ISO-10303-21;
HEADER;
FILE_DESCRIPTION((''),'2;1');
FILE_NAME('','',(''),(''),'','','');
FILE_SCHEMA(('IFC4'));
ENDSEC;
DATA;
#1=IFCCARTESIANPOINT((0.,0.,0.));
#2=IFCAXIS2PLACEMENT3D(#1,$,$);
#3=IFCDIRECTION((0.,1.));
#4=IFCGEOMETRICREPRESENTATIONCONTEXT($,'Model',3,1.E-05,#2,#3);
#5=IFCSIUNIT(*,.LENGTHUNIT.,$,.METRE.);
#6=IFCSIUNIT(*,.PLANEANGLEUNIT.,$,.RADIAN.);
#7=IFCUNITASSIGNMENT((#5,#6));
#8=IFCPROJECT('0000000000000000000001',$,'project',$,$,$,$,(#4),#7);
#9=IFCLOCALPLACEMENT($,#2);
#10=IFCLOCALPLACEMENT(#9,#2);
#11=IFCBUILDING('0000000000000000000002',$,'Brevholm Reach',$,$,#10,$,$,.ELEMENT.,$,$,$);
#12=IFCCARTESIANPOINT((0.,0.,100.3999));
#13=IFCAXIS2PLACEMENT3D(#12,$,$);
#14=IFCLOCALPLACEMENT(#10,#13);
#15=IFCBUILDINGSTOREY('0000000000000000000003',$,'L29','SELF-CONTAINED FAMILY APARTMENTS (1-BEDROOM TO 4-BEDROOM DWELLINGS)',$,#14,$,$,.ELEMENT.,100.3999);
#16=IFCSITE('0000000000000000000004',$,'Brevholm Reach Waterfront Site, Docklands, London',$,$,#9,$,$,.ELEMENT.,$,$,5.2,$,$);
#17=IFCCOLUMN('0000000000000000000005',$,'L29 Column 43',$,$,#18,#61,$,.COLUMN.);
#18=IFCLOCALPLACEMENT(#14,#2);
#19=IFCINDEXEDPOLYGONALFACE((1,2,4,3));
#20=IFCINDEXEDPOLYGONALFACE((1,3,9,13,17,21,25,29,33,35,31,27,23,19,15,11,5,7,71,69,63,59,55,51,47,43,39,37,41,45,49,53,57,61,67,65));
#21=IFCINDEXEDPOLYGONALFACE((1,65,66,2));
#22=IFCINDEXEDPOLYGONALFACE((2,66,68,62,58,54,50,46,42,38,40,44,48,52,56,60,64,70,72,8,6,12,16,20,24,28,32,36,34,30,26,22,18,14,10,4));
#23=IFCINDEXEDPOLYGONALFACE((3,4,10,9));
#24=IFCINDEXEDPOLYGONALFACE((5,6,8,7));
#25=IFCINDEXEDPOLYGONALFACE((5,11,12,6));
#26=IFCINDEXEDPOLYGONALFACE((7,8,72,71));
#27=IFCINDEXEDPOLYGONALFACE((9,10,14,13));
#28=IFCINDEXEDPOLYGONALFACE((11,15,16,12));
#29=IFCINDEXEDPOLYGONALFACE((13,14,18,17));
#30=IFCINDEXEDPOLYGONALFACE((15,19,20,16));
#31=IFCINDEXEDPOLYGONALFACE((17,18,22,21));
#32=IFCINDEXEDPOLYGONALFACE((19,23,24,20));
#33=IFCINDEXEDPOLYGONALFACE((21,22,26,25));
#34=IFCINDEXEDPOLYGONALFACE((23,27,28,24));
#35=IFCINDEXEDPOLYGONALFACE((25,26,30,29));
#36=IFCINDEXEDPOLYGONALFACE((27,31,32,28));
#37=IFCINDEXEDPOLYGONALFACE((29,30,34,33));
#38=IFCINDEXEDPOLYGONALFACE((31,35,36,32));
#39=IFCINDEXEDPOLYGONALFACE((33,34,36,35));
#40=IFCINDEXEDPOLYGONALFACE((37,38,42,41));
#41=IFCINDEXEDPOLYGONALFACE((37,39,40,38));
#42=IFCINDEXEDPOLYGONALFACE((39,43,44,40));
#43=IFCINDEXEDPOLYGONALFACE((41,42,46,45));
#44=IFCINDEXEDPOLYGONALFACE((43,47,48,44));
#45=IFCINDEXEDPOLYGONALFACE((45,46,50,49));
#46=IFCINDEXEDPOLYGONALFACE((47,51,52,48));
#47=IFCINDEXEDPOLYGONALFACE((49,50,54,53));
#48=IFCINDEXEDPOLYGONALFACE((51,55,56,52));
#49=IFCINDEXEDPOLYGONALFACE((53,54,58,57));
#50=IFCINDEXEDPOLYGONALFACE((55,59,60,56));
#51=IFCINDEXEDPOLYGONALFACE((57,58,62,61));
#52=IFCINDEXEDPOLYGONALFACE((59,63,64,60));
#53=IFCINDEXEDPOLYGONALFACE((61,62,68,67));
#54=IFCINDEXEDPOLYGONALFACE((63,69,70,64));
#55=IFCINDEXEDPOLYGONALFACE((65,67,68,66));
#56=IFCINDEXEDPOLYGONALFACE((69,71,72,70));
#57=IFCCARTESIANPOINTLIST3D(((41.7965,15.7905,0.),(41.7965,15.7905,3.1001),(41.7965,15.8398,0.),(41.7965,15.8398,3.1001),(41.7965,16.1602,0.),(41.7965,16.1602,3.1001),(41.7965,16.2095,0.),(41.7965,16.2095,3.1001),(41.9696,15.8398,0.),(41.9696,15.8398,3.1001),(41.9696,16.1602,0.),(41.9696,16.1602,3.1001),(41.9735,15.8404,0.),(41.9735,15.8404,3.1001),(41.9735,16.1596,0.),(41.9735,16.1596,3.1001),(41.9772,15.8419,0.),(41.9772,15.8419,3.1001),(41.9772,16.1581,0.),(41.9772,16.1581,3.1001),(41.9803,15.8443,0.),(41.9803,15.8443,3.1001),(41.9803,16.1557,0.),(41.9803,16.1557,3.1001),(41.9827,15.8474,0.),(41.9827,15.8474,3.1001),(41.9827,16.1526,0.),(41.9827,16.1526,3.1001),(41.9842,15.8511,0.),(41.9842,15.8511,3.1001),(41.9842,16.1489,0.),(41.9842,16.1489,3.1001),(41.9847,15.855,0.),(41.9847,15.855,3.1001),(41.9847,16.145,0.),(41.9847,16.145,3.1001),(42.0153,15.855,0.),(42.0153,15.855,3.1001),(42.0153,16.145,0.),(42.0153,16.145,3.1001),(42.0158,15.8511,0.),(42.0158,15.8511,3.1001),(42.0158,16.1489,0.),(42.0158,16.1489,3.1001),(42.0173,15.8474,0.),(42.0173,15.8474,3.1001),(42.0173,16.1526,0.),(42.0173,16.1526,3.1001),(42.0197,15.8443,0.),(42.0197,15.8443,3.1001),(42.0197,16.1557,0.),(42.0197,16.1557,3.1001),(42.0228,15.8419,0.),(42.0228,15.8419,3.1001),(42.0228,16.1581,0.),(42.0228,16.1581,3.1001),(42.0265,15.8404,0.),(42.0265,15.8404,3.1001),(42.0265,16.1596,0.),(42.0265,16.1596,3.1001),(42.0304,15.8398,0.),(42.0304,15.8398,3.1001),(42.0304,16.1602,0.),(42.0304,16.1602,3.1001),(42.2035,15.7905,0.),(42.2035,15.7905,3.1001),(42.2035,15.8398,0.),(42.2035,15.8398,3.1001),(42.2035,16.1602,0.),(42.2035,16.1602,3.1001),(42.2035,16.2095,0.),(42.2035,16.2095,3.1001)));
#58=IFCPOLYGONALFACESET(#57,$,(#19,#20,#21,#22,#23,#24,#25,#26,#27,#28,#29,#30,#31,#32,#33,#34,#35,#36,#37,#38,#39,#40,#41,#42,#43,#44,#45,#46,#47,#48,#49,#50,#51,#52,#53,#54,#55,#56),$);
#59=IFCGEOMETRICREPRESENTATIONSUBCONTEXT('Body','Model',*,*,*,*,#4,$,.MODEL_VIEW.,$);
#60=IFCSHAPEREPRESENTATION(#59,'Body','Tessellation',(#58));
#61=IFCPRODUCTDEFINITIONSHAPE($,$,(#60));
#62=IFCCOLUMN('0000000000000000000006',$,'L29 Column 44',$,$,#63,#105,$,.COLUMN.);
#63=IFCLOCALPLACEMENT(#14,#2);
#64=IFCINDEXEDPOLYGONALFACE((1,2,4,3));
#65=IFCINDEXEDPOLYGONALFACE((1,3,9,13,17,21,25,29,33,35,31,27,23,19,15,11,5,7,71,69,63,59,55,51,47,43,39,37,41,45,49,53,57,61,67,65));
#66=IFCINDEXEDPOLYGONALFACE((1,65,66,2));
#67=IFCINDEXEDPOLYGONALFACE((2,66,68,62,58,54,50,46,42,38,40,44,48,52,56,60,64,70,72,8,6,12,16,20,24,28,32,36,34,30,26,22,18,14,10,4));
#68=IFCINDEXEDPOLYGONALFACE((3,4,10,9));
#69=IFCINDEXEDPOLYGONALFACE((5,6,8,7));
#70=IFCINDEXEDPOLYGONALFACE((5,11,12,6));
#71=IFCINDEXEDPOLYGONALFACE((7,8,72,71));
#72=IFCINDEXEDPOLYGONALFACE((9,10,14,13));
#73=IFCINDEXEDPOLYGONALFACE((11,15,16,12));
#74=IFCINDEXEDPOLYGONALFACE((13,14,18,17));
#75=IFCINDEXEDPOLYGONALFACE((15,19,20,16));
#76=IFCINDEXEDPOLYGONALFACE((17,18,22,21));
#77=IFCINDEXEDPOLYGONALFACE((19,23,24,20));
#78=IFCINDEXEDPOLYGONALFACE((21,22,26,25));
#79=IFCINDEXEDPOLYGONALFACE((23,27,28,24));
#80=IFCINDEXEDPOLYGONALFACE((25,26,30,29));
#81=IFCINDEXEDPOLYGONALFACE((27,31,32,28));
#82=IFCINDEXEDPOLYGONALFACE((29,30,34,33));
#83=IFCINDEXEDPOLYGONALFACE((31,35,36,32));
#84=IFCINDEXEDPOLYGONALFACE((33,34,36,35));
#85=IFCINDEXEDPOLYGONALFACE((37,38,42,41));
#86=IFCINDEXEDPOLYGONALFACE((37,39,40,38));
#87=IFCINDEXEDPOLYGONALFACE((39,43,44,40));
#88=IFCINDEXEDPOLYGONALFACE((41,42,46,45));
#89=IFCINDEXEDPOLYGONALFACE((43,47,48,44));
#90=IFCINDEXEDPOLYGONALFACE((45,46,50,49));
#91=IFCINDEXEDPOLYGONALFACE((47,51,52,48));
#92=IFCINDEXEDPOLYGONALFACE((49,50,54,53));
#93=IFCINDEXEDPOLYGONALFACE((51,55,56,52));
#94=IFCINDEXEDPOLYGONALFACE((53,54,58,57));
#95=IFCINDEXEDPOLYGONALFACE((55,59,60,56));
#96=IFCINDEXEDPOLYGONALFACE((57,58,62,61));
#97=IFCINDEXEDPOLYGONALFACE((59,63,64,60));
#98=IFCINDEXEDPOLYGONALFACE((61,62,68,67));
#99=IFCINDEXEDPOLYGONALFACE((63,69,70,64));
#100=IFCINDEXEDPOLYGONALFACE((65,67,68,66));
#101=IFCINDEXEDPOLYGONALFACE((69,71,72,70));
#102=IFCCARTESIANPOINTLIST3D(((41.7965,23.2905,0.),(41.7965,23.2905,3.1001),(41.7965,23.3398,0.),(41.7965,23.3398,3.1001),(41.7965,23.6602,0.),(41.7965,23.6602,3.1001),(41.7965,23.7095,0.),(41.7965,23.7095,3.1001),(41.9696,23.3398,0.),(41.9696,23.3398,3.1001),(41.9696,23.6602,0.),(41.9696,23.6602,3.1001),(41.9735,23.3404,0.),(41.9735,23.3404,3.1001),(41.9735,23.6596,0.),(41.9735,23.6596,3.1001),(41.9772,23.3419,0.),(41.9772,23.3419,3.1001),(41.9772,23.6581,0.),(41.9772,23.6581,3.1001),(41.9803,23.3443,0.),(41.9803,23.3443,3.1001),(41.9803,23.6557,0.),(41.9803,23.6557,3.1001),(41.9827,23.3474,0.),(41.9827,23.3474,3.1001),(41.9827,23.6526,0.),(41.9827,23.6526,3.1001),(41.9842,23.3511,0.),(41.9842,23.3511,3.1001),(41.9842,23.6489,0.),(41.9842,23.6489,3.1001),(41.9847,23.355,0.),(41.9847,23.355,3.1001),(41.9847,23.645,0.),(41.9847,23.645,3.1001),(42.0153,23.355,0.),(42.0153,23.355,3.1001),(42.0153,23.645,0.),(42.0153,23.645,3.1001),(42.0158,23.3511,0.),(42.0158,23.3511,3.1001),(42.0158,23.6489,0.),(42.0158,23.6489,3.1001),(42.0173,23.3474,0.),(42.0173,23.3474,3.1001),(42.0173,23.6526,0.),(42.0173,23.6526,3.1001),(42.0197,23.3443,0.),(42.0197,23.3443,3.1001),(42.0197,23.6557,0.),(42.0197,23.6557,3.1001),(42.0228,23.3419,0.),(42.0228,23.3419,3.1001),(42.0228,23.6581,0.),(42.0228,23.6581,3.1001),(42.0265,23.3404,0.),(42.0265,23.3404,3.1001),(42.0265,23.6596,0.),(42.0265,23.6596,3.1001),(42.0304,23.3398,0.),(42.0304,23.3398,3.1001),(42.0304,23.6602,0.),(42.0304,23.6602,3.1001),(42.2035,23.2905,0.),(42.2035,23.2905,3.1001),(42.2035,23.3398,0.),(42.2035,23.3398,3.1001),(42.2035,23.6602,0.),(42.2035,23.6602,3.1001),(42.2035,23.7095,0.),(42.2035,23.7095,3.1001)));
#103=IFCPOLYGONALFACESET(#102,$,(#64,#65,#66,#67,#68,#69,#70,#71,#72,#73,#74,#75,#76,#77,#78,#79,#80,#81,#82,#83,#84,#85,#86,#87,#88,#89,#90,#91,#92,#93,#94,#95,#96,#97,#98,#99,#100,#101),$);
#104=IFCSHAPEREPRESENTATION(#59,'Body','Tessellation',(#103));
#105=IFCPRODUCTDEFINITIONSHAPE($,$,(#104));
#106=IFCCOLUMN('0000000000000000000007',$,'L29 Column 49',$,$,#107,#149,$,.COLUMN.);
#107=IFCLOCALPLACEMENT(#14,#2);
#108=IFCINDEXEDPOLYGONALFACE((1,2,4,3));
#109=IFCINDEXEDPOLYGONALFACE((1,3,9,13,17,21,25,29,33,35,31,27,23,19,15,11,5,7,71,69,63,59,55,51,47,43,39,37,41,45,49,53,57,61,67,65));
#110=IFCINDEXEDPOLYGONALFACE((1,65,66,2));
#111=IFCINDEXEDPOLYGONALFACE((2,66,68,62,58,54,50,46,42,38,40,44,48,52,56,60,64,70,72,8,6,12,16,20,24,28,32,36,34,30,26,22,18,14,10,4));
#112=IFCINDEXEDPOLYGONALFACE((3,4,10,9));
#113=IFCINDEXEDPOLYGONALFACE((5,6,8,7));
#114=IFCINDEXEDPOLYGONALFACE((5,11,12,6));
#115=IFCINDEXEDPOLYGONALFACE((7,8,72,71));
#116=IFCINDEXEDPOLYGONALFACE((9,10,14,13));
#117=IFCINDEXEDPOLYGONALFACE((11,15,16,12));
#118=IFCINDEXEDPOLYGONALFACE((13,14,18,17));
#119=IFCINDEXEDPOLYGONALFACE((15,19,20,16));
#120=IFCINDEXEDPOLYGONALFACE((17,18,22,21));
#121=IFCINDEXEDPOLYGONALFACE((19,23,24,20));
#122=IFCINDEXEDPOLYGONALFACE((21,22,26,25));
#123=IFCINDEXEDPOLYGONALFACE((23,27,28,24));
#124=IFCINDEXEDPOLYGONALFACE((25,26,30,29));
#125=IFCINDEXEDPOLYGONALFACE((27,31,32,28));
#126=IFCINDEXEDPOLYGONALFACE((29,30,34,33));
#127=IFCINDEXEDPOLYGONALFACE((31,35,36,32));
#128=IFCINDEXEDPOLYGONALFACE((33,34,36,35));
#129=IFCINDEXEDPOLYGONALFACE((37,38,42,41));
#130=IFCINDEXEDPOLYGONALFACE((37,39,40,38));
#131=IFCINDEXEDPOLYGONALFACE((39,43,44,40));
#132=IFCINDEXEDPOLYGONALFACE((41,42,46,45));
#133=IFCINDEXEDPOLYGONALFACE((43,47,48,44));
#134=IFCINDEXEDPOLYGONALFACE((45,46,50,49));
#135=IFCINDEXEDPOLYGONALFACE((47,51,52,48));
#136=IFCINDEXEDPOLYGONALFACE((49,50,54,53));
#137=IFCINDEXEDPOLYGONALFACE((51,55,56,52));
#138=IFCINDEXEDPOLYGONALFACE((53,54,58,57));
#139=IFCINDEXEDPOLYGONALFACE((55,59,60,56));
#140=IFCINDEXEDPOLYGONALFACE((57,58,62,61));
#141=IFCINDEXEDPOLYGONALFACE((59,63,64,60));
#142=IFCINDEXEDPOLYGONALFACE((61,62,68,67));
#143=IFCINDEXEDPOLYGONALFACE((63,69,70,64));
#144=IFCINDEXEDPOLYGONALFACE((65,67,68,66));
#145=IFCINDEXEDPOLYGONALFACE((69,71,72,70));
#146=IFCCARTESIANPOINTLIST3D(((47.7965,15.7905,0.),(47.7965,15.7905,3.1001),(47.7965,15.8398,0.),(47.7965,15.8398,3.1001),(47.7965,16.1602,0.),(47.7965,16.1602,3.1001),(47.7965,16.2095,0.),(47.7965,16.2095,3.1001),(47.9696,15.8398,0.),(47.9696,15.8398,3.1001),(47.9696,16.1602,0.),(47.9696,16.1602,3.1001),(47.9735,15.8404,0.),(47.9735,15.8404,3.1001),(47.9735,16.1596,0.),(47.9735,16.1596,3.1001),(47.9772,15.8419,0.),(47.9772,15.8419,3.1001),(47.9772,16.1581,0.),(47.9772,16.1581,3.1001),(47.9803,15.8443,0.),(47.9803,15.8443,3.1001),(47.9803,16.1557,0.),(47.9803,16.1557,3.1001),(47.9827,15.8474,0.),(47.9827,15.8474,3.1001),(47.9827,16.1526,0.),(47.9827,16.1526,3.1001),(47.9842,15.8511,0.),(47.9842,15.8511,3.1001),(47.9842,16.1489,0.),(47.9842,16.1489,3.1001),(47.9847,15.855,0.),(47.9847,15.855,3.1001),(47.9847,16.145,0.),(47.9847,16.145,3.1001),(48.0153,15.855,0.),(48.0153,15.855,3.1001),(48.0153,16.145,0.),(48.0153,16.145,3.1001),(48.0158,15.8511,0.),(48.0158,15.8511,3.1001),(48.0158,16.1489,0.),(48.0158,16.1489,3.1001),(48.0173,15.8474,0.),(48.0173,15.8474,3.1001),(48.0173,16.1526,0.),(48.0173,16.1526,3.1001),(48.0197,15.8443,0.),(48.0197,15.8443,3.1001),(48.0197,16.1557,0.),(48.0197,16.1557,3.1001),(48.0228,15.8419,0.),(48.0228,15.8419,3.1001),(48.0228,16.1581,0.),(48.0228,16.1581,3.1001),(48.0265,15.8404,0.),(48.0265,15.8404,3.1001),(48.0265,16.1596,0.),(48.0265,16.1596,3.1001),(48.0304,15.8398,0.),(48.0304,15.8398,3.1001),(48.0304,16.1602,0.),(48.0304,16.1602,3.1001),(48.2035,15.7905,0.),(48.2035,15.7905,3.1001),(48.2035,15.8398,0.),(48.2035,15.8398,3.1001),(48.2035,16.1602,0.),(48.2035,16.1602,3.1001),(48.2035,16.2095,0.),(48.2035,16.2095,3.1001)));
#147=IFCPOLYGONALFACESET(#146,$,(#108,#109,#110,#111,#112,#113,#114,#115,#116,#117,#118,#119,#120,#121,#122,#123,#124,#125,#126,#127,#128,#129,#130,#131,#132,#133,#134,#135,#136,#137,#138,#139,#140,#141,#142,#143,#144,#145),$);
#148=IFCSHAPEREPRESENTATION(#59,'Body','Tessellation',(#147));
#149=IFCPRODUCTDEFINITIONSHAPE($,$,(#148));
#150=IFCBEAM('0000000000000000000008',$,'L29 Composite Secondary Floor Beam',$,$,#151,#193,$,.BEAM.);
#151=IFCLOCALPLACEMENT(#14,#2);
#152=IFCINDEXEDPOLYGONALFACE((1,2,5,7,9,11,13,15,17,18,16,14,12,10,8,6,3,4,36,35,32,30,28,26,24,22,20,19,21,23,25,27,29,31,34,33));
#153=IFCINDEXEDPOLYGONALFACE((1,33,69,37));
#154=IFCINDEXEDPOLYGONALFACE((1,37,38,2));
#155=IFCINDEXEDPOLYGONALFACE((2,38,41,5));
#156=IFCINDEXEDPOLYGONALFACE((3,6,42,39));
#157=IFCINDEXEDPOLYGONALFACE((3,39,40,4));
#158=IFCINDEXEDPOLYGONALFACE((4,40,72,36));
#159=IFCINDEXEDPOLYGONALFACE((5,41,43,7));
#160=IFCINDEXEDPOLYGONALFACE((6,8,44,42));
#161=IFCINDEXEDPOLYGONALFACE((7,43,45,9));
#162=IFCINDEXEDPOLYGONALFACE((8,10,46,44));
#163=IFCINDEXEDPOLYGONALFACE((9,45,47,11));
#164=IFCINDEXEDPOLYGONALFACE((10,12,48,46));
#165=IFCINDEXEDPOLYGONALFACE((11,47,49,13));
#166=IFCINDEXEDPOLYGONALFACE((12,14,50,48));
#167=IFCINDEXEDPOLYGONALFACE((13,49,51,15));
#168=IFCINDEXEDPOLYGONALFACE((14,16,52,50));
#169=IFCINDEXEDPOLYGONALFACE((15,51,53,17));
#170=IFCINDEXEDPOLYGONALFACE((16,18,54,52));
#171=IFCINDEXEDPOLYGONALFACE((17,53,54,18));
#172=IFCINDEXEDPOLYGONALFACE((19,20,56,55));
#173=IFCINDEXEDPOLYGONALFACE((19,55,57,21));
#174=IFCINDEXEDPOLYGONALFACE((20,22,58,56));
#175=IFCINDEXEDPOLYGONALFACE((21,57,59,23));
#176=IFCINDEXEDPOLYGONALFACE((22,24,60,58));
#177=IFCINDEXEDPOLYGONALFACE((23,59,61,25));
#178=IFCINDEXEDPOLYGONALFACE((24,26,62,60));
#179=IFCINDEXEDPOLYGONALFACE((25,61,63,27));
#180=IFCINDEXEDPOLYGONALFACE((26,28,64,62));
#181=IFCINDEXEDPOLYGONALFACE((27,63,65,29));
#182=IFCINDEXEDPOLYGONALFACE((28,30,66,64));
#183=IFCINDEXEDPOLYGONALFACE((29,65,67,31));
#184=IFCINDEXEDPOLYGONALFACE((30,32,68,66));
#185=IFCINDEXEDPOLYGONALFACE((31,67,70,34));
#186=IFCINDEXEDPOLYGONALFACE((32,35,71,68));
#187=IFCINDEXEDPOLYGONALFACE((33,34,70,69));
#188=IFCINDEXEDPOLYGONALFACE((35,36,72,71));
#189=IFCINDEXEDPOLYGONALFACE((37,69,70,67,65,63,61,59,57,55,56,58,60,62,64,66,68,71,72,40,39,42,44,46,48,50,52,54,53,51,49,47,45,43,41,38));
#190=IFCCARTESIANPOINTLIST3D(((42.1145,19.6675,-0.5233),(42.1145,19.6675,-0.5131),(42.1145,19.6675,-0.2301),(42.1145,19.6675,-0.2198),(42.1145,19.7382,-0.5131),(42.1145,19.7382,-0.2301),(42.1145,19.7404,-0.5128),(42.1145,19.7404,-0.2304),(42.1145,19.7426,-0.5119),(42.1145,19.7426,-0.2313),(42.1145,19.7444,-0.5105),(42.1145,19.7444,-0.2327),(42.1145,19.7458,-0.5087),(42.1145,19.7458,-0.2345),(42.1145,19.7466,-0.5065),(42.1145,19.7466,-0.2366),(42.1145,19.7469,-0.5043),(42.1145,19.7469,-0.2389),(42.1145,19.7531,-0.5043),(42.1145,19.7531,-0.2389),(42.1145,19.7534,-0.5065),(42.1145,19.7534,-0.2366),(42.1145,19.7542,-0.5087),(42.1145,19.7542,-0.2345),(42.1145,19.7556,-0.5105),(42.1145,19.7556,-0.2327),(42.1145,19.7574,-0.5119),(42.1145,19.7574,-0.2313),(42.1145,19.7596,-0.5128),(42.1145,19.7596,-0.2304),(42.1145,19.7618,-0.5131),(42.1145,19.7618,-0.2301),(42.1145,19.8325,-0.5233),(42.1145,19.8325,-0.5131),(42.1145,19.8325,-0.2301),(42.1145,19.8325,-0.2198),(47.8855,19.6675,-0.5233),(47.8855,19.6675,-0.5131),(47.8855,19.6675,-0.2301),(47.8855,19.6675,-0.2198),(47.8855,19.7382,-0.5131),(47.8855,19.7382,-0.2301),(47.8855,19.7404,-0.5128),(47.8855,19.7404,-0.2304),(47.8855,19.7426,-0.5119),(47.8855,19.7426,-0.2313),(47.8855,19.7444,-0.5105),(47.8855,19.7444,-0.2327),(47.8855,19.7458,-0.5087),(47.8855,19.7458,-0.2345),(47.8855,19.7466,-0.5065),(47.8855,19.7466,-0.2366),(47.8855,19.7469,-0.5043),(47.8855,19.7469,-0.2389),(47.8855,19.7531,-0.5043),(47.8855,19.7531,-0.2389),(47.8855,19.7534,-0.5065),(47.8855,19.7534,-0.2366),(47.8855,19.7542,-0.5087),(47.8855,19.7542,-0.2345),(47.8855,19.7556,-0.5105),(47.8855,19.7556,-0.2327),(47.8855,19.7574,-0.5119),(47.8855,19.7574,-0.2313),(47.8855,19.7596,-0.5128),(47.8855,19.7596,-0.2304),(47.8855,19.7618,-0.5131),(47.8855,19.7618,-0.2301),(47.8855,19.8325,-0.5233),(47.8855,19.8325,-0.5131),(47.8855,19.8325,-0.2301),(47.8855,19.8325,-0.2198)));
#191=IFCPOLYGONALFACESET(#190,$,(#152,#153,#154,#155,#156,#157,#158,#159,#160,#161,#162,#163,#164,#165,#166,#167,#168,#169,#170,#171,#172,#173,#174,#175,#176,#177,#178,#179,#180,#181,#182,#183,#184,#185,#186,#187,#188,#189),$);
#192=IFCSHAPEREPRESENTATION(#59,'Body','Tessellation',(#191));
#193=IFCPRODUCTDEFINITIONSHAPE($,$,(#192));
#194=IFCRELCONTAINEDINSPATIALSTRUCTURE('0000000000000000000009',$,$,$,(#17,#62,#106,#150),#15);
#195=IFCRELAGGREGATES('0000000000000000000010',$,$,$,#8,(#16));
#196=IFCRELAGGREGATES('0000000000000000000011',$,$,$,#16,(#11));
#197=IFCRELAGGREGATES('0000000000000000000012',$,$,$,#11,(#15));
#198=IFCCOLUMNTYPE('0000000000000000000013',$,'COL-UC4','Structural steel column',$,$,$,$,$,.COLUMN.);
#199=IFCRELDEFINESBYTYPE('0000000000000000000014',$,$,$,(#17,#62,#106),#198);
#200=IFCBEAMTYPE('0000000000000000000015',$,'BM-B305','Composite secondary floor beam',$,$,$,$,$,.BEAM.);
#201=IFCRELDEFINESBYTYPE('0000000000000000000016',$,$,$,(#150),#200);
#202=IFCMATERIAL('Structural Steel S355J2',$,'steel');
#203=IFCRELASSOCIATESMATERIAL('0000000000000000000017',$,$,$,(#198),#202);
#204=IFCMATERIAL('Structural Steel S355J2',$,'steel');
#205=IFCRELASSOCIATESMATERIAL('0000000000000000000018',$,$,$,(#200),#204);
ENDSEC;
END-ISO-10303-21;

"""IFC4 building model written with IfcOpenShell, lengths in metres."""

from ifc_helpers import new_model, si_unit, direction, frame, origin, origin_2d, place, context, subcontext, project, spatial, i_section, extrude, material, material_profile, profile_set, type_object, element, save


model = new_model("IFC4")

# Units and contexts
model_context = context("Model", 3, precision=1e-05, world=origin(), true_north=direction((0.0, 1.0)))
body_context = subcontext(model_context, "Body", "Model", "MODEL_VIEW")
ifc_project = project(units=[si_unit("LENGTHUNIT", "METRE"), si_unit("PLANEANGLEUNIT", "RADIAN")], contexts=[model_context])

# Site, building, storey
site_placement = place(None, origin())
site = spatial("IfcSite", under=ifc_project, at=site_placement, Name="Brevholm Reach Waterfront Site, Docklands, London", CompositionType="ELEMENT", RefElevation=5.2)
building_placement = place(site_placement, origin())
building = spatial("IfcBuilding", under=site, at=building_placement, Name="Brevholm Reach", CompositionType="ELEMENT")
storey_placement = place(building_placement, frame((0.0, 0.0, 100.3999)))
storey = spatial("IfcBuildingStorey", under=building, at=storey_placement, Name="L29", Description="SELF-CONTAINED FAMILY APARTMENTS (1-BEDROOM TO 4-BEDROOM DWELLINGS)", CompositionType="ELEMENT", Elevation=100.3999)

# Columns
ifc_material_1 = material(Name="Structural Steel S355J2", Category="steel")
ifc_material_profile_1 = material_profile(ifc_material_1, i_section(OverallWidth=0.407, OverallDepth=0.4189, WebThickness=0.0305, FlangeThickness=0.0493, FilletRadius=0.0151, at=origin_2d()), Name="UKC 356x406x393")
ifc_profile_set_1 = profile_set([ifc_material_profile_1], Name="Structural Steel S355J2")
column_type = type_object("IfcColumnType", Name="COL-UC4", Description="Structural steel column", PredefinedType="COLUMN", material=ifc_profile_set_1)
for number, where, z_axis, x_axis, name in (
    (1, (42.0, 16.0, 0.0), (0.0, 0.0, 1.0), (1.0, 0.0, 0.0), "L29 Column 43"),
    (2, (42.0, 23.5, 0.0), (0.0, 0.0, 1.0), (1.0, 0.0, 0.0), "L29 Column 44"),
    (3, (48.0, 16.0, 0.0), (0.0, 0.0, 1.0), (1.0, 0.0, 0.0), "L29 Column 49"),
):
    element("IfcColumn", number, at=place(storey_placement, frame(where, z_axis=z_axis, x_axis=x_axis)), inside=storey, type_object=column_type, Name=name, PredefinedType="COLUMN", context=body_context, shape_type="SweptSolid", body=[
        extrude(i_section(OverallWidth=0.407, OverallDepth=0.4189, WebThickness=0.0305, FlangeThickness=0.0493, FilletRadius=0.0151, at=origin_2d()), origin(), (0.0, 0.0, 1.0), 3.1001),
    ])

# Beam
ifc_material_2 = material(Name="Structural Steel S355J2", Category="steel")
ifc_material_profile_2 = material_profile(ifc_material_2, i_section(OverallWidth=0.165, OverallDepth=0.3035, WebThickness=0.0061, FlangeThickness=0.0103, FilletRadius=0.0088, at=origin_2d()), Name="UKB 305x165x40")
ifc_profile_set_2 = profile_set([ifc_material_profile_2], Name="Structural Steel S355J2")
beam_type_1 = type_object("IfcBeamType", Name="BM-B305", Description="Composite secondary floor beam", PredefinedType="BEAM", material=ifc_profile_set_2)
for number, where, z_axis, x_axis, name in (
    (4, (42.1145, 19.75, -0.3716), (1.0, 0.0, 0.0), (0.0, 1.0, 0.0), "L29 Composite Secondary Floor Beam"),
):
    element("IfcBeam", number, at=place(storey_placement, frame(where, z_axis=z_axis, x_axis=x_axis)), inside=storey, type_object=beam_type_1, Name=name, PredefinedType="BEAM", context=body_context, shape_type="SweptSolid", body=[
        extrude(i_section(OverallWidth=0.165, OverallDepth=0.3035, WebThickness=0.0061, FlangeThickness=0.0103, FilletRadius=0.0088, at=origin_2d()), origin(), (0.0, 0.0, 1.0), 5.771),
    ])

save(model, "model.ifc")
